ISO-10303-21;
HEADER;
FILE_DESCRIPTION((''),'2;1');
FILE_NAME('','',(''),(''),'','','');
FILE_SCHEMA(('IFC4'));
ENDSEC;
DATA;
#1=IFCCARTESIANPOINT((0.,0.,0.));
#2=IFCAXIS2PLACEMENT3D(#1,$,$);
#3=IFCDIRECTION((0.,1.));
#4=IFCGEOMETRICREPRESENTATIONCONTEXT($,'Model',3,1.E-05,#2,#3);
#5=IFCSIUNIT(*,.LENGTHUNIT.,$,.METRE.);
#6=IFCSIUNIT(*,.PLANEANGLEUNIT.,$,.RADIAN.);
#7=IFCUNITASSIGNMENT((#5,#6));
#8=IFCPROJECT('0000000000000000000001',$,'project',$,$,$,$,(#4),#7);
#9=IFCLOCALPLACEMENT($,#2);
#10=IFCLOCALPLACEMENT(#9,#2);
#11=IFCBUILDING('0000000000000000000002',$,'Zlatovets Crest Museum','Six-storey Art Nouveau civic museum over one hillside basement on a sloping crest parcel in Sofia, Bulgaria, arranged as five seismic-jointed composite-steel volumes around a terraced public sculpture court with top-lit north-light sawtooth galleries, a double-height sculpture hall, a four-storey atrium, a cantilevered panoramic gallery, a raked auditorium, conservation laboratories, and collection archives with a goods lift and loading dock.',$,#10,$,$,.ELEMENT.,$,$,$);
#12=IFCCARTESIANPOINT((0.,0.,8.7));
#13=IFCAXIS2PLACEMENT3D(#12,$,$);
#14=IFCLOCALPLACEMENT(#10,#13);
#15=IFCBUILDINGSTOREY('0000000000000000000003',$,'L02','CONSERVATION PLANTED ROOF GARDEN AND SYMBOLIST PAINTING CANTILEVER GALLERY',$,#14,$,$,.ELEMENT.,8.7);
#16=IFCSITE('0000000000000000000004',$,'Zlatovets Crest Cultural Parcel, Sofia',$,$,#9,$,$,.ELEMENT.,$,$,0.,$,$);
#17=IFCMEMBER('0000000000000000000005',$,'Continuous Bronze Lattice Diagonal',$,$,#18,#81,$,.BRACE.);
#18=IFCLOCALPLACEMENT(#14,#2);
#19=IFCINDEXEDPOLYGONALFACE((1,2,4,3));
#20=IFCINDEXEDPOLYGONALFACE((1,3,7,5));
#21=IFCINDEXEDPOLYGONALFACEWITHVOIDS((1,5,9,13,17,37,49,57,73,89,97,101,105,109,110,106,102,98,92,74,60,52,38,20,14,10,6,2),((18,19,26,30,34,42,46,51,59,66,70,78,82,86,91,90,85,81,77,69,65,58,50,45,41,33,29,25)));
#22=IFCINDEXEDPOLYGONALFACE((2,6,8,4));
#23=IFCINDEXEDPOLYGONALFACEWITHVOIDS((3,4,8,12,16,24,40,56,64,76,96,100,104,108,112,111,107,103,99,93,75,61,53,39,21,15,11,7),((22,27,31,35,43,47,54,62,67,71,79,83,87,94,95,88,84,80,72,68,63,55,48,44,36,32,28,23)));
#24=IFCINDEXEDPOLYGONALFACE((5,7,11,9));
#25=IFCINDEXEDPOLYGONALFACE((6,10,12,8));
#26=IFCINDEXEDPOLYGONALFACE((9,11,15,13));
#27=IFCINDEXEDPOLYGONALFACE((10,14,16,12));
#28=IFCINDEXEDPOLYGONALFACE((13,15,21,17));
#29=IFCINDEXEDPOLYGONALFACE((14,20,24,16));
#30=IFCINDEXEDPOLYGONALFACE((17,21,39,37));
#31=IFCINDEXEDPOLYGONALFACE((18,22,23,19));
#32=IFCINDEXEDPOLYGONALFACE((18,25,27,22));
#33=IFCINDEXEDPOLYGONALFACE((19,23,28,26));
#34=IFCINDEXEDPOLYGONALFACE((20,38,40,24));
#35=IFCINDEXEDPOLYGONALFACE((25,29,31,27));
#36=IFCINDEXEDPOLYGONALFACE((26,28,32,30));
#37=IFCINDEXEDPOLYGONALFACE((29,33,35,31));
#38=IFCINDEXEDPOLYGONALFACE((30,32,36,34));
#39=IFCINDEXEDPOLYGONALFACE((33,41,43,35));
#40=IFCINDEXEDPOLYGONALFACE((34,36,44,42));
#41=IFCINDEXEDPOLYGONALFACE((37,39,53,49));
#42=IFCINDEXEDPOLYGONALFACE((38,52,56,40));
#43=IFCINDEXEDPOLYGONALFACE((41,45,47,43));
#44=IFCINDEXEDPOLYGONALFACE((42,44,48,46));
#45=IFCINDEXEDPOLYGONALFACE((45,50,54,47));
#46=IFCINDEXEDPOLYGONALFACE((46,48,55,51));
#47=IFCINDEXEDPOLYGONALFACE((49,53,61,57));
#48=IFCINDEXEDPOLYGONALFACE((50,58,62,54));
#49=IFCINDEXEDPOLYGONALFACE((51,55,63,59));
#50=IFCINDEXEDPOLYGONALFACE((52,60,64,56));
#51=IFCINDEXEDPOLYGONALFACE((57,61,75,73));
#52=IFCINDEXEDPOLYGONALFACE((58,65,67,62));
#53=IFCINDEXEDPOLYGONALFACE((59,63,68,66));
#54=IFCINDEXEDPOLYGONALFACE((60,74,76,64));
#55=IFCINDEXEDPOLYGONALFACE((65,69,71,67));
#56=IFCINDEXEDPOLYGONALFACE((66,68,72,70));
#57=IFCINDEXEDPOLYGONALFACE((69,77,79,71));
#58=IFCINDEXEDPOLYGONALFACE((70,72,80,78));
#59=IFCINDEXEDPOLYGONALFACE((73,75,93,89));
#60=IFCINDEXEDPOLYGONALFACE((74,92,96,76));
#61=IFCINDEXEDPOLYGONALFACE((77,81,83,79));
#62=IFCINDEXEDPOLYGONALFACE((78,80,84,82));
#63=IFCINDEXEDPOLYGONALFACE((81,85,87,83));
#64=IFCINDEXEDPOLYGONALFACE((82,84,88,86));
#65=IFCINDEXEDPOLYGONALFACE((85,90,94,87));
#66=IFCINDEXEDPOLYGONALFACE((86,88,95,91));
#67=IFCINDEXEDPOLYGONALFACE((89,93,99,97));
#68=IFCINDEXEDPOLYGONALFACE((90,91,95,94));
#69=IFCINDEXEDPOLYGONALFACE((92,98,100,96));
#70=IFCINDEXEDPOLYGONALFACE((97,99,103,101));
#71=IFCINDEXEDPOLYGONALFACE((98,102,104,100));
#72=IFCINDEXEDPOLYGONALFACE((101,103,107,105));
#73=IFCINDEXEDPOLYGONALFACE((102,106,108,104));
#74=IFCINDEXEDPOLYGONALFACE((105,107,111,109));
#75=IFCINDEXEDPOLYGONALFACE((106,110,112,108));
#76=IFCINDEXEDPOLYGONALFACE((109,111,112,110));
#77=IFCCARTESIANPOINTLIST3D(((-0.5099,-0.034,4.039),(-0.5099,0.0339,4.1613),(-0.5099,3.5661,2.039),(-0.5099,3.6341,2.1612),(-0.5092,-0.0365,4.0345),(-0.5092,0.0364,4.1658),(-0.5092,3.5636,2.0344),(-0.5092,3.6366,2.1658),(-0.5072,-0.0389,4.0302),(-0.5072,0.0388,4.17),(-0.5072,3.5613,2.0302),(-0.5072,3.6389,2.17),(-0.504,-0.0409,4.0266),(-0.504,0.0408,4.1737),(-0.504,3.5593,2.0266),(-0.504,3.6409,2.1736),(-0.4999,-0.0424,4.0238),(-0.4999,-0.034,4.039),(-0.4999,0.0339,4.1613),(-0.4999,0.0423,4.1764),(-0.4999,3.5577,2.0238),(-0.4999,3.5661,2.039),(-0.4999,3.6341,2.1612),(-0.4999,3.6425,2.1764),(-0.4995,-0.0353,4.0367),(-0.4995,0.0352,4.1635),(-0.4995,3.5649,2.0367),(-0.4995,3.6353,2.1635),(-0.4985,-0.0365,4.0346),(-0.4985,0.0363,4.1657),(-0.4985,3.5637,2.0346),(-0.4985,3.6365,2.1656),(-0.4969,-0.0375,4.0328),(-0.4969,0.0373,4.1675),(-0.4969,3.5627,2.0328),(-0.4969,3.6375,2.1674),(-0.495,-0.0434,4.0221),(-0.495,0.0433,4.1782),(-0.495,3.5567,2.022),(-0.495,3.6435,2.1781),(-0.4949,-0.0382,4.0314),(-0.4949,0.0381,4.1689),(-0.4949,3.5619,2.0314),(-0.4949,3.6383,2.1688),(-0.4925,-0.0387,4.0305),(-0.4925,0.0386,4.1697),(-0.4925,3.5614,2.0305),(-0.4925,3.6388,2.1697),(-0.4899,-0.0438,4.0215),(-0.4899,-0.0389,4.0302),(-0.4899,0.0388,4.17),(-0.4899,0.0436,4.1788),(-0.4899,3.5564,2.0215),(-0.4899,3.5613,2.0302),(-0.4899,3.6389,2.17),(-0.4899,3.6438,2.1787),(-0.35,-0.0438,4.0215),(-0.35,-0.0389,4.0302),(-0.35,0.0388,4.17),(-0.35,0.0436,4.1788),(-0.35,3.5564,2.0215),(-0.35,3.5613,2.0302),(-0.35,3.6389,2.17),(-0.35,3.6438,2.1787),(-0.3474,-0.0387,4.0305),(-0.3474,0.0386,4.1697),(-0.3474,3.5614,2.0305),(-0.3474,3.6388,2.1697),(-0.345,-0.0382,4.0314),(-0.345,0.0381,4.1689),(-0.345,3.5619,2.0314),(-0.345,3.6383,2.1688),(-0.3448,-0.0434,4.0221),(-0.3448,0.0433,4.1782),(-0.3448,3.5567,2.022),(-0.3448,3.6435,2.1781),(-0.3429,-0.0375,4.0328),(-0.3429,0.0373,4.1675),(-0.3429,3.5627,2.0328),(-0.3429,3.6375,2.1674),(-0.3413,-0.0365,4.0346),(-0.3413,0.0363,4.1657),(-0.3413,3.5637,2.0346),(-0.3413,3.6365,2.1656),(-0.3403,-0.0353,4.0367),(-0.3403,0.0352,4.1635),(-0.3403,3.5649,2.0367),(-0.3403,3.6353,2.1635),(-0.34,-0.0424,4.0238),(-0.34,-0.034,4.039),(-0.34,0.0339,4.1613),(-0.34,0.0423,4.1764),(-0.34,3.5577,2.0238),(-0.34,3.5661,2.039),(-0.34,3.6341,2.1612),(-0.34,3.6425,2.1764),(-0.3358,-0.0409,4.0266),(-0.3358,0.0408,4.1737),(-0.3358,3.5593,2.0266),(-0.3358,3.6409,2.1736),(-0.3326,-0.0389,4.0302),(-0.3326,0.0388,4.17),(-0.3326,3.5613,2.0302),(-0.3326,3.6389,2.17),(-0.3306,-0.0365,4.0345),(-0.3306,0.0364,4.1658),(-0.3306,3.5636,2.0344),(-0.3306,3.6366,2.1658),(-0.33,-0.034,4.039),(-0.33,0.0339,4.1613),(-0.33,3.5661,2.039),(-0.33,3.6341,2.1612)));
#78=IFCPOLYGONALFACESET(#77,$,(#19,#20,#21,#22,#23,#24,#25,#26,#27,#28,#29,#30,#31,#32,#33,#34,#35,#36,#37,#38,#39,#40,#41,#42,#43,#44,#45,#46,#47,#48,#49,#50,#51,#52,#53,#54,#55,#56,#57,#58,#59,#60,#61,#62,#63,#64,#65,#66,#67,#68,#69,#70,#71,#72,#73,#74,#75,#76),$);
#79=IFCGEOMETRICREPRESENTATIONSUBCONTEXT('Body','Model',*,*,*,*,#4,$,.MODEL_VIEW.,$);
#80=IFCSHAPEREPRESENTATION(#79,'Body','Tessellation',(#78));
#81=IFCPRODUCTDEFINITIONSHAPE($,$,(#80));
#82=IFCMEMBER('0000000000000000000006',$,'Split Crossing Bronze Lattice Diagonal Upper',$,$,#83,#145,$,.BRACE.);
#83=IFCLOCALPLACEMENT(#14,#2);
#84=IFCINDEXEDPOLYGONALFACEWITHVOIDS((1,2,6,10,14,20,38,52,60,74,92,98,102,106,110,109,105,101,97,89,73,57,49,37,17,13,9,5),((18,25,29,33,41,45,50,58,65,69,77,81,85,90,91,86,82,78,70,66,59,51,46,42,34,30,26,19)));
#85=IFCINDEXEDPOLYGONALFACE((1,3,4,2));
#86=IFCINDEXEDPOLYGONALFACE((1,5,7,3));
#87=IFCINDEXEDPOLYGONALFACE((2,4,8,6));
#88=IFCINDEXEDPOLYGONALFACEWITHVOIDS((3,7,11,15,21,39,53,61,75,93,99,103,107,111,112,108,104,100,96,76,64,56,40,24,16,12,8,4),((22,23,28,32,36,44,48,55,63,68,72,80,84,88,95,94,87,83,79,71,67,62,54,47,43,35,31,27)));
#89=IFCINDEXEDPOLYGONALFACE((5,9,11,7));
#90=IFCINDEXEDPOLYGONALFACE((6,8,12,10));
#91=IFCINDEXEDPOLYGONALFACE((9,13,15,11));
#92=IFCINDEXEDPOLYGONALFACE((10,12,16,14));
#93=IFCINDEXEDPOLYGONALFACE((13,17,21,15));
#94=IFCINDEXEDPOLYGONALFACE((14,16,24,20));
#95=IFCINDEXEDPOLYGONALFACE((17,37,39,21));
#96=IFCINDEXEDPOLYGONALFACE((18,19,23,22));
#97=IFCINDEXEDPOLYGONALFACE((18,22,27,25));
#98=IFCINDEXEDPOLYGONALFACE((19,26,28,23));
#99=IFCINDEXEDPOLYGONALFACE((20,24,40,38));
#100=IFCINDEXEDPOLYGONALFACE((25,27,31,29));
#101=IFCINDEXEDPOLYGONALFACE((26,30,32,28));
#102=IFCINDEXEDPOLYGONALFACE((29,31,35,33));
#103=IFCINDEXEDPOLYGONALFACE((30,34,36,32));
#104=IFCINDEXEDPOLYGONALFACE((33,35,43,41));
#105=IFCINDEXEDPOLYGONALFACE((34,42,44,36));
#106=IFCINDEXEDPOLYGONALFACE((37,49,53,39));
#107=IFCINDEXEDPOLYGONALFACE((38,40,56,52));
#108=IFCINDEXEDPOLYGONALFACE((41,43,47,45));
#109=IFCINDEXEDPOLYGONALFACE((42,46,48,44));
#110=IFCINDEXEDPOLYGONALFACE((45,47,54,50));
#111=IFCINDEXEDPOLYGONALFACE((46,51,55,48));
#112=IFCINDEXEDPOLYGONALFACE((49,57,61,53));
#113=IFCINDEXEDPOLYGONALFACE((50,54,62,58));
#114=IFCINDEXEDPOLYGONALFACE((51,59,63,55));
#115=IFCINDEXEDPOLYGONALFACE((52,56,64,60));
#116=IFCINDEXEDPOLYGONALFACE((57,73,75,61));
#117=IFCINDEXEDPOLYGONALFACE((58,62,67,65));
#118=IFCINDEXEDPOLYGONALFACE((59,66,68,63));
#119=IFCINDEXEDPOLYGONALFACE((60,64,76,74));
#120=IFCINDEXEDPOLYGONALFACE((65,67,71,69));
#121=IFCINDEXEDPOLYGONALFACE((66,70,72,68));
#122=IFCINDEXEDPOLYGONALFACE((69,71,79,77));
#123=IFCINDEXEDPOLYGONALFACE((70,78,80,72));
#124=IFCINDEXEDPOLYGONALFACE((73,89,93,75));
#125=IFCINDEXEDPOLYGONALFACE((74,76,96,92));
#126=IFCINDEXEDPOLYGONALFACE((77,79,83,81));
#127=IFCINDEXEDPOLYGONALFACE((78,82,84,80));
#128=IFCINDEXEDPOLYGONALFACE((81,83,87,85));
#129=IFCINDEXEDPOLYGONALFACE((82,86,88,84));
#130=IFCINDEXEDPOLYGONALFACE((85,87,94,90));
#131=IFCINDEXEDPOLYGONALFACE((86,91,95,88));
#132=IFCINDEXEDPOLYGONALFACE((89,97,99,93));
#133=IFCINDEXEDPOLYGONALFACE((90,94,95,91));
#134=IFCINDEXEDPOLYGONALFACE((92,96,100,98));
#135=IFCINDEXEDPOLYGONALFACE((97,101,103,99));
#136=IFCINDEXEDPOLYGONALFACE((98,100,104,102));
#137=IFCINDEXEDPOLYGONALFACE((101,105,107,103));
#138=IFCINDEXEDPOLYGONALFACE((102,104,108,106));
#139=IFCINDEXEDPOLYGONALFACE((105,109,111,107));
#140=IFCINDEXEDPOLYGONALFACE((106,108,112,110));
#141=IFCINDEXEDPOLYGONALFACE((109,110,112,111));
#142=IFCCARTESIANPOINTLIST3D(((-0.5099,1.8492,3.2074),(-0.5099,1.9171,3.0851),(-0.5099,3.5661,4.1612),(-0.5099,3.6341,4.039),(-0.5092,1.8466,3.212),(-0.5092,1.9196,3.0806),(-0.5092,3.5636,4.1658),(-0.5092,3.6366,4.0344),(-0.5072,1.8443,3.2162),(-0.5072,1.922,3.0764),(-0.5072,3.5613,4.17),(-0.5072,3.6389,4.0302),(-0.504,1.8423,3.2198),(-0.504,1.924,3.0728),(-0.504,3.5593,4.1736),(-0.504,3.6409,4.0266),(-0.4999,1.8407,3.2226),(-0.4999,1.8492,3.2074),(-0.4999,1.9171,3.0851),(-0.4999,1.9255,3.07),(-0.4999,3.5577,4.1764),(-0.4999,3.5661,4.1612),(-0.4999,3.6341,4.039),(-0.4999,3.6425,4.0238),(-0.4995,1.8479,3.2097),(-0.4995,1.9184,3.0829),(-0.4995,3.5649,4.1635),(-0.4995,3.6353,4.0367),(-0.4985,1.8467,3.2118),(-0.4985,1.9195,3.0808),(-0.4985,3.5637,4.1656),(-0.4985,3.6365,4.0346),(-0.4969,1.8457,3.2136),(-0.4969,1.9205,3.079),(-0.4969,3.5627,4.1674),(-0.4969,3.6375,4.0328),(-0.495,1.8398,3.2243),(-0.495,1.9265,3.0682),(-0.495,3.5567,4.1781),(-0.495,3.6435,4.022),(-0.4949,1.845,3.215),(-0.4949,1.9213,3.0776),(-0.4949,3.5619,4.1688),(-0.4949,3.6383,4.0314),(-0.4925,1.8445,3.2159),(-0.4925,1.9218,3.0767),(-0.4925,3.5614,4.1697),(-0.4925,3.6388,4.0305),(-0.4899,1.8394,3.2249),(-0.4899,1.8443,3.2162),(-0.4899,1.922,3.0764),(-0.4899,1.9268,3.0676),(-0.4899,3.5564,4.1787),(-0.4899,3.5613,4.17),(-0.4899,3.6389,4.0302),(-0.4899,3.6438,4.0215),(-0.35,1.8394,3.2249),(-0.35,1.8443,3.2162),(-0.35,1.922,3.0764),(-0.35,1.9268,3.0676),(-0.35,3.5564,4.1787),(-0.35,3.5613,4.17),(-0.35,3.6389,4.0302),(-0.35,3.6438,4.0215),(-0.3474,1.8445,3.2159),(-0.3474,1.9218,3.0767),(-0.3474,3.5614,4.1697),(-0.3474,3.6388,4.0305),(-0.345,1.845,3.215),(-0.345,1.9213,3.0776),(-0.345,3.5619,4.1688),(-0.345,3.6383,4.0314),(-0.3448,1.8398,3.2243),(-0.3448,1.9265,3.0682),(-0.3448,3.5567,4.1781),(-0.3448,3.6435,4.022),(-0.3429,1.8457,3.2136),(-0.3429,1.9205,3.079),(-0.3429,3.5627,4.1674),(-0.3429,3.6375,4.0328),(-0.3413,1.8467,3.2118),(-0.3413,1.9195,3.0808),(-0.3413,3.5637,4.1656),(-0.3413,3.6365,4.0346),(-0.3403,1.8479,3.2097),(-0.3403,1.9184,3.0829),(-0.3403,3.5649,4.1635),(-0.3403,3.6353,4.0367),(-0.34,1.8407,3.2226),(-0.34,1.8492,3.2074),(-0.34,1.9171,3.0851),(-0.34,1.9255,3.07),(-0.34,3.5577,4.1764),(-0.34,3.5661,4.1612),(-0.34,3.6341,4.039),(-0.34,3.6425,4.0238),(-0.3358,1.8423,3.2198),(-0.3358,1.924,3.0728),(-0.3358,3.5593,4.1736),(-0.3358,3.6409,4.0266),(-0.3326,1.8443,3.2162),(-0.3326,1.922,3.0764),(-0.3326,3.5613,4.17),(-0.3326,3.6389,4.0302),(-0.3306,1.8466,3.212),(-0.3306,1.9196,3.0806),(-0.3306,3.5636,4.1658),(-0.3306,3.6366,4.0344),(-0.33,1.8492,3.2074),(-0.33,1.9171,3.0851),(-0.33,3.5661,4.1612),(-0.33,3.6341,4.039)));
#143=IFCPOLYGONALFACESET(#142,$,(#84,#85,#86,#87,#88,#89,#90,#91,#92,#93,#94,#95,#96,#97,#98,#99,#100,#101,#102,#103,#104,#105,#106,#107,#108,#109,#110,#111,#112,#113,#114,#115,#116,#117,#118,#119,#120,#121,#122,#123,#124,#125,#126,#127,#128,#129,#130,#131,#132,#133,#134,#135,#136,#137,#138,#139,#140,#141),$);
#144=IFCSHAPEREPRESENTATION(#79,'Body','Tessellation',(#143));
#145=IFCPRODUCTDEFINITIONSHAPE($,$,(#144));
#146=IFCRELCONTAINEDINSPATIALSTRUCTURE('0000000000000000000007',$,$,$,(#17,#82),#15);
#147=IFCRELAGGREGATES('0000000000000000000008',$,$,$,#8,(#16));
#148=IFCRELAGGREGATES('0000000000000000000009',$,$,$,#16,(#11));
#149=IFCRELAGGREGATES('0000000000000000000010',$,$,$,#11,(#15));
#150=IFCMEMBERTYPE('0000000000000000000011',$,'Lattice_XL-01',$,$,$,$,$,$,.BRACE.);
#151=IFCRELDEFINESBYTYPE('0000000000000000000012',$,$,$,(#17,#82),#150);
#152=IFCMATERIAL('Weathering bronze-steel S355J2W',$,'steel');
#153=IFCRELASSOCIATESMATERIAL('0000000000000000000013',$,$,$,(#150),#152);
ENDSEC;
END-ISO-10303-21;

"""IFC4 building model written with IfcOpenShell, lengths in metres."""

from ifc_helpers import new_model, si_unit, direction, frame, origin, origin_2d, place, context, subcontext, project, spatial, hollow_rectangle, extrude, material, material_profile, profile_set, type_object, element, save


model = new_model("IFC4")

# Units and contexts
model_context = context("Model", 3, precision=1e-05, world=origin(), true_north=direction((0.0, 1.0)))
body_context = subcontext(model_context, "Body", "Model", "MODEL_VIEW")
ifc_project = project(units=[si_unit("LENGTHUNIT", "METRE"), si_unit("PLANEANGLEUNIT", "RADIAN")], contexts=[model_context])

# Site, building, storey
site_placement = place(None, origin())
site = spatial("IfcSite", under=ifc_project, at=site_placement, Name="Zlatovets Crest Cultural Parcel, Sofia", CompositionType="ELEMENT", RefElevation=0.0)
building_placement = place(site_placement, origin())
building = spatial("IfcBuilding", under=site, at=building_placement, Name="Zlatovets Crest Museum", Description="Six-storey Art Nouveau civic museum over one hillside basement on a sloping crest parcel in Sofia, Bulgaria, arranged as five seismic-jointed composite-steel volumes around a terraced public sculpture court with top-lit north-light sawtooth galleries, a double-height sculpture hall, a four-storey atrium, a cantilevered panoramic gallery, a raked auditorium, conservation laboratories, and collection archives with a goods lift and loading dock.", CompositionType="ELEMENT")
storey_placement = place(building_placement, frame((0.0, 0.0, 8.7)))
storey = spatial("IfcBuildingStorey", under=building, at=storey_placement, Name="L02", Description="CONSERVATION PLANTED ROOF GARDEN AND SYMBOLIST PAINTING CANTILEVER GALLERY", CompositionType="ELEMENT", Elevation=8.7)

# Members
ifc_material_1 = material(Name="Weathering bronze-steel S355J2W", Category="steel")
ifc_material_profile_1 = material_profile(ifc_material_1, hollow_rectangle(XDim=0.1799, YDim=0.1799, WallThickness=0.01, InnerFilletRadius=0.01, OuterFilletRadius=0.02, at=origin_2d()), Name="SHS 180x180x10.0")
ifc_profile_set_1 = profile_set([ifc_material_profile_1], Name="Weathering bronze-steel S355J2W")
member_type_1 = type_object("IfcMemberType", Name="Lattice_XL-01", PredefinedType="BRACE", material=ifc_profile_set_1)
member_1_placement = place(storey_placement, frame((-0.4199, 3.6001, 2.1001), z_axis=(0.0, -0.874163, 0.485633), x_axis=(1.0, 0.0, 0.0)))
element("IfcMember", 1, at=member_1_placement, inside=storey, type_object=member_type_1, Name="Continuous Bronze Lattice Diagonal", PredefinedType="BRACE", context=body_context, shape_type="SweptSolid", body=[
    extrude(hollow_rectangle(XDim=0.1799, YDim=0.1799, WallThickness=0.01, InnerFilletRadius=0.01, OuterFilletRadius=0.02, at=origin_2d()), origin(), (0.0, 0.0, 1.0), 4.1184),
])
member_2_placement = place(storey_placement, frame((-0.4199, 3.6001, 4.1001), z_axis=(0.0, -0.874169, -0.485622), x_axis=(1.0, 0.0, 0.0)))
element("IfcMember", 2, at=member_2_placement, inside=storey, type_object=member_type_1, Name="Split Crossing Bronze Lattice Diagonal Upper", PredefinedType="BRACE", context=body_context, shape_type="SweptSolid", body=[
    extrude(hollow_rectangle(XDim=0.1799, YDim=0.1799, WallThickness=0.01, InnerFilletRadius=0.01, OuterFilletRadius=0.02, at=origin_2d()), origin(), (0.0, 0.0, 1.0), 1.9641),
])

save(model, "model.ifc")
